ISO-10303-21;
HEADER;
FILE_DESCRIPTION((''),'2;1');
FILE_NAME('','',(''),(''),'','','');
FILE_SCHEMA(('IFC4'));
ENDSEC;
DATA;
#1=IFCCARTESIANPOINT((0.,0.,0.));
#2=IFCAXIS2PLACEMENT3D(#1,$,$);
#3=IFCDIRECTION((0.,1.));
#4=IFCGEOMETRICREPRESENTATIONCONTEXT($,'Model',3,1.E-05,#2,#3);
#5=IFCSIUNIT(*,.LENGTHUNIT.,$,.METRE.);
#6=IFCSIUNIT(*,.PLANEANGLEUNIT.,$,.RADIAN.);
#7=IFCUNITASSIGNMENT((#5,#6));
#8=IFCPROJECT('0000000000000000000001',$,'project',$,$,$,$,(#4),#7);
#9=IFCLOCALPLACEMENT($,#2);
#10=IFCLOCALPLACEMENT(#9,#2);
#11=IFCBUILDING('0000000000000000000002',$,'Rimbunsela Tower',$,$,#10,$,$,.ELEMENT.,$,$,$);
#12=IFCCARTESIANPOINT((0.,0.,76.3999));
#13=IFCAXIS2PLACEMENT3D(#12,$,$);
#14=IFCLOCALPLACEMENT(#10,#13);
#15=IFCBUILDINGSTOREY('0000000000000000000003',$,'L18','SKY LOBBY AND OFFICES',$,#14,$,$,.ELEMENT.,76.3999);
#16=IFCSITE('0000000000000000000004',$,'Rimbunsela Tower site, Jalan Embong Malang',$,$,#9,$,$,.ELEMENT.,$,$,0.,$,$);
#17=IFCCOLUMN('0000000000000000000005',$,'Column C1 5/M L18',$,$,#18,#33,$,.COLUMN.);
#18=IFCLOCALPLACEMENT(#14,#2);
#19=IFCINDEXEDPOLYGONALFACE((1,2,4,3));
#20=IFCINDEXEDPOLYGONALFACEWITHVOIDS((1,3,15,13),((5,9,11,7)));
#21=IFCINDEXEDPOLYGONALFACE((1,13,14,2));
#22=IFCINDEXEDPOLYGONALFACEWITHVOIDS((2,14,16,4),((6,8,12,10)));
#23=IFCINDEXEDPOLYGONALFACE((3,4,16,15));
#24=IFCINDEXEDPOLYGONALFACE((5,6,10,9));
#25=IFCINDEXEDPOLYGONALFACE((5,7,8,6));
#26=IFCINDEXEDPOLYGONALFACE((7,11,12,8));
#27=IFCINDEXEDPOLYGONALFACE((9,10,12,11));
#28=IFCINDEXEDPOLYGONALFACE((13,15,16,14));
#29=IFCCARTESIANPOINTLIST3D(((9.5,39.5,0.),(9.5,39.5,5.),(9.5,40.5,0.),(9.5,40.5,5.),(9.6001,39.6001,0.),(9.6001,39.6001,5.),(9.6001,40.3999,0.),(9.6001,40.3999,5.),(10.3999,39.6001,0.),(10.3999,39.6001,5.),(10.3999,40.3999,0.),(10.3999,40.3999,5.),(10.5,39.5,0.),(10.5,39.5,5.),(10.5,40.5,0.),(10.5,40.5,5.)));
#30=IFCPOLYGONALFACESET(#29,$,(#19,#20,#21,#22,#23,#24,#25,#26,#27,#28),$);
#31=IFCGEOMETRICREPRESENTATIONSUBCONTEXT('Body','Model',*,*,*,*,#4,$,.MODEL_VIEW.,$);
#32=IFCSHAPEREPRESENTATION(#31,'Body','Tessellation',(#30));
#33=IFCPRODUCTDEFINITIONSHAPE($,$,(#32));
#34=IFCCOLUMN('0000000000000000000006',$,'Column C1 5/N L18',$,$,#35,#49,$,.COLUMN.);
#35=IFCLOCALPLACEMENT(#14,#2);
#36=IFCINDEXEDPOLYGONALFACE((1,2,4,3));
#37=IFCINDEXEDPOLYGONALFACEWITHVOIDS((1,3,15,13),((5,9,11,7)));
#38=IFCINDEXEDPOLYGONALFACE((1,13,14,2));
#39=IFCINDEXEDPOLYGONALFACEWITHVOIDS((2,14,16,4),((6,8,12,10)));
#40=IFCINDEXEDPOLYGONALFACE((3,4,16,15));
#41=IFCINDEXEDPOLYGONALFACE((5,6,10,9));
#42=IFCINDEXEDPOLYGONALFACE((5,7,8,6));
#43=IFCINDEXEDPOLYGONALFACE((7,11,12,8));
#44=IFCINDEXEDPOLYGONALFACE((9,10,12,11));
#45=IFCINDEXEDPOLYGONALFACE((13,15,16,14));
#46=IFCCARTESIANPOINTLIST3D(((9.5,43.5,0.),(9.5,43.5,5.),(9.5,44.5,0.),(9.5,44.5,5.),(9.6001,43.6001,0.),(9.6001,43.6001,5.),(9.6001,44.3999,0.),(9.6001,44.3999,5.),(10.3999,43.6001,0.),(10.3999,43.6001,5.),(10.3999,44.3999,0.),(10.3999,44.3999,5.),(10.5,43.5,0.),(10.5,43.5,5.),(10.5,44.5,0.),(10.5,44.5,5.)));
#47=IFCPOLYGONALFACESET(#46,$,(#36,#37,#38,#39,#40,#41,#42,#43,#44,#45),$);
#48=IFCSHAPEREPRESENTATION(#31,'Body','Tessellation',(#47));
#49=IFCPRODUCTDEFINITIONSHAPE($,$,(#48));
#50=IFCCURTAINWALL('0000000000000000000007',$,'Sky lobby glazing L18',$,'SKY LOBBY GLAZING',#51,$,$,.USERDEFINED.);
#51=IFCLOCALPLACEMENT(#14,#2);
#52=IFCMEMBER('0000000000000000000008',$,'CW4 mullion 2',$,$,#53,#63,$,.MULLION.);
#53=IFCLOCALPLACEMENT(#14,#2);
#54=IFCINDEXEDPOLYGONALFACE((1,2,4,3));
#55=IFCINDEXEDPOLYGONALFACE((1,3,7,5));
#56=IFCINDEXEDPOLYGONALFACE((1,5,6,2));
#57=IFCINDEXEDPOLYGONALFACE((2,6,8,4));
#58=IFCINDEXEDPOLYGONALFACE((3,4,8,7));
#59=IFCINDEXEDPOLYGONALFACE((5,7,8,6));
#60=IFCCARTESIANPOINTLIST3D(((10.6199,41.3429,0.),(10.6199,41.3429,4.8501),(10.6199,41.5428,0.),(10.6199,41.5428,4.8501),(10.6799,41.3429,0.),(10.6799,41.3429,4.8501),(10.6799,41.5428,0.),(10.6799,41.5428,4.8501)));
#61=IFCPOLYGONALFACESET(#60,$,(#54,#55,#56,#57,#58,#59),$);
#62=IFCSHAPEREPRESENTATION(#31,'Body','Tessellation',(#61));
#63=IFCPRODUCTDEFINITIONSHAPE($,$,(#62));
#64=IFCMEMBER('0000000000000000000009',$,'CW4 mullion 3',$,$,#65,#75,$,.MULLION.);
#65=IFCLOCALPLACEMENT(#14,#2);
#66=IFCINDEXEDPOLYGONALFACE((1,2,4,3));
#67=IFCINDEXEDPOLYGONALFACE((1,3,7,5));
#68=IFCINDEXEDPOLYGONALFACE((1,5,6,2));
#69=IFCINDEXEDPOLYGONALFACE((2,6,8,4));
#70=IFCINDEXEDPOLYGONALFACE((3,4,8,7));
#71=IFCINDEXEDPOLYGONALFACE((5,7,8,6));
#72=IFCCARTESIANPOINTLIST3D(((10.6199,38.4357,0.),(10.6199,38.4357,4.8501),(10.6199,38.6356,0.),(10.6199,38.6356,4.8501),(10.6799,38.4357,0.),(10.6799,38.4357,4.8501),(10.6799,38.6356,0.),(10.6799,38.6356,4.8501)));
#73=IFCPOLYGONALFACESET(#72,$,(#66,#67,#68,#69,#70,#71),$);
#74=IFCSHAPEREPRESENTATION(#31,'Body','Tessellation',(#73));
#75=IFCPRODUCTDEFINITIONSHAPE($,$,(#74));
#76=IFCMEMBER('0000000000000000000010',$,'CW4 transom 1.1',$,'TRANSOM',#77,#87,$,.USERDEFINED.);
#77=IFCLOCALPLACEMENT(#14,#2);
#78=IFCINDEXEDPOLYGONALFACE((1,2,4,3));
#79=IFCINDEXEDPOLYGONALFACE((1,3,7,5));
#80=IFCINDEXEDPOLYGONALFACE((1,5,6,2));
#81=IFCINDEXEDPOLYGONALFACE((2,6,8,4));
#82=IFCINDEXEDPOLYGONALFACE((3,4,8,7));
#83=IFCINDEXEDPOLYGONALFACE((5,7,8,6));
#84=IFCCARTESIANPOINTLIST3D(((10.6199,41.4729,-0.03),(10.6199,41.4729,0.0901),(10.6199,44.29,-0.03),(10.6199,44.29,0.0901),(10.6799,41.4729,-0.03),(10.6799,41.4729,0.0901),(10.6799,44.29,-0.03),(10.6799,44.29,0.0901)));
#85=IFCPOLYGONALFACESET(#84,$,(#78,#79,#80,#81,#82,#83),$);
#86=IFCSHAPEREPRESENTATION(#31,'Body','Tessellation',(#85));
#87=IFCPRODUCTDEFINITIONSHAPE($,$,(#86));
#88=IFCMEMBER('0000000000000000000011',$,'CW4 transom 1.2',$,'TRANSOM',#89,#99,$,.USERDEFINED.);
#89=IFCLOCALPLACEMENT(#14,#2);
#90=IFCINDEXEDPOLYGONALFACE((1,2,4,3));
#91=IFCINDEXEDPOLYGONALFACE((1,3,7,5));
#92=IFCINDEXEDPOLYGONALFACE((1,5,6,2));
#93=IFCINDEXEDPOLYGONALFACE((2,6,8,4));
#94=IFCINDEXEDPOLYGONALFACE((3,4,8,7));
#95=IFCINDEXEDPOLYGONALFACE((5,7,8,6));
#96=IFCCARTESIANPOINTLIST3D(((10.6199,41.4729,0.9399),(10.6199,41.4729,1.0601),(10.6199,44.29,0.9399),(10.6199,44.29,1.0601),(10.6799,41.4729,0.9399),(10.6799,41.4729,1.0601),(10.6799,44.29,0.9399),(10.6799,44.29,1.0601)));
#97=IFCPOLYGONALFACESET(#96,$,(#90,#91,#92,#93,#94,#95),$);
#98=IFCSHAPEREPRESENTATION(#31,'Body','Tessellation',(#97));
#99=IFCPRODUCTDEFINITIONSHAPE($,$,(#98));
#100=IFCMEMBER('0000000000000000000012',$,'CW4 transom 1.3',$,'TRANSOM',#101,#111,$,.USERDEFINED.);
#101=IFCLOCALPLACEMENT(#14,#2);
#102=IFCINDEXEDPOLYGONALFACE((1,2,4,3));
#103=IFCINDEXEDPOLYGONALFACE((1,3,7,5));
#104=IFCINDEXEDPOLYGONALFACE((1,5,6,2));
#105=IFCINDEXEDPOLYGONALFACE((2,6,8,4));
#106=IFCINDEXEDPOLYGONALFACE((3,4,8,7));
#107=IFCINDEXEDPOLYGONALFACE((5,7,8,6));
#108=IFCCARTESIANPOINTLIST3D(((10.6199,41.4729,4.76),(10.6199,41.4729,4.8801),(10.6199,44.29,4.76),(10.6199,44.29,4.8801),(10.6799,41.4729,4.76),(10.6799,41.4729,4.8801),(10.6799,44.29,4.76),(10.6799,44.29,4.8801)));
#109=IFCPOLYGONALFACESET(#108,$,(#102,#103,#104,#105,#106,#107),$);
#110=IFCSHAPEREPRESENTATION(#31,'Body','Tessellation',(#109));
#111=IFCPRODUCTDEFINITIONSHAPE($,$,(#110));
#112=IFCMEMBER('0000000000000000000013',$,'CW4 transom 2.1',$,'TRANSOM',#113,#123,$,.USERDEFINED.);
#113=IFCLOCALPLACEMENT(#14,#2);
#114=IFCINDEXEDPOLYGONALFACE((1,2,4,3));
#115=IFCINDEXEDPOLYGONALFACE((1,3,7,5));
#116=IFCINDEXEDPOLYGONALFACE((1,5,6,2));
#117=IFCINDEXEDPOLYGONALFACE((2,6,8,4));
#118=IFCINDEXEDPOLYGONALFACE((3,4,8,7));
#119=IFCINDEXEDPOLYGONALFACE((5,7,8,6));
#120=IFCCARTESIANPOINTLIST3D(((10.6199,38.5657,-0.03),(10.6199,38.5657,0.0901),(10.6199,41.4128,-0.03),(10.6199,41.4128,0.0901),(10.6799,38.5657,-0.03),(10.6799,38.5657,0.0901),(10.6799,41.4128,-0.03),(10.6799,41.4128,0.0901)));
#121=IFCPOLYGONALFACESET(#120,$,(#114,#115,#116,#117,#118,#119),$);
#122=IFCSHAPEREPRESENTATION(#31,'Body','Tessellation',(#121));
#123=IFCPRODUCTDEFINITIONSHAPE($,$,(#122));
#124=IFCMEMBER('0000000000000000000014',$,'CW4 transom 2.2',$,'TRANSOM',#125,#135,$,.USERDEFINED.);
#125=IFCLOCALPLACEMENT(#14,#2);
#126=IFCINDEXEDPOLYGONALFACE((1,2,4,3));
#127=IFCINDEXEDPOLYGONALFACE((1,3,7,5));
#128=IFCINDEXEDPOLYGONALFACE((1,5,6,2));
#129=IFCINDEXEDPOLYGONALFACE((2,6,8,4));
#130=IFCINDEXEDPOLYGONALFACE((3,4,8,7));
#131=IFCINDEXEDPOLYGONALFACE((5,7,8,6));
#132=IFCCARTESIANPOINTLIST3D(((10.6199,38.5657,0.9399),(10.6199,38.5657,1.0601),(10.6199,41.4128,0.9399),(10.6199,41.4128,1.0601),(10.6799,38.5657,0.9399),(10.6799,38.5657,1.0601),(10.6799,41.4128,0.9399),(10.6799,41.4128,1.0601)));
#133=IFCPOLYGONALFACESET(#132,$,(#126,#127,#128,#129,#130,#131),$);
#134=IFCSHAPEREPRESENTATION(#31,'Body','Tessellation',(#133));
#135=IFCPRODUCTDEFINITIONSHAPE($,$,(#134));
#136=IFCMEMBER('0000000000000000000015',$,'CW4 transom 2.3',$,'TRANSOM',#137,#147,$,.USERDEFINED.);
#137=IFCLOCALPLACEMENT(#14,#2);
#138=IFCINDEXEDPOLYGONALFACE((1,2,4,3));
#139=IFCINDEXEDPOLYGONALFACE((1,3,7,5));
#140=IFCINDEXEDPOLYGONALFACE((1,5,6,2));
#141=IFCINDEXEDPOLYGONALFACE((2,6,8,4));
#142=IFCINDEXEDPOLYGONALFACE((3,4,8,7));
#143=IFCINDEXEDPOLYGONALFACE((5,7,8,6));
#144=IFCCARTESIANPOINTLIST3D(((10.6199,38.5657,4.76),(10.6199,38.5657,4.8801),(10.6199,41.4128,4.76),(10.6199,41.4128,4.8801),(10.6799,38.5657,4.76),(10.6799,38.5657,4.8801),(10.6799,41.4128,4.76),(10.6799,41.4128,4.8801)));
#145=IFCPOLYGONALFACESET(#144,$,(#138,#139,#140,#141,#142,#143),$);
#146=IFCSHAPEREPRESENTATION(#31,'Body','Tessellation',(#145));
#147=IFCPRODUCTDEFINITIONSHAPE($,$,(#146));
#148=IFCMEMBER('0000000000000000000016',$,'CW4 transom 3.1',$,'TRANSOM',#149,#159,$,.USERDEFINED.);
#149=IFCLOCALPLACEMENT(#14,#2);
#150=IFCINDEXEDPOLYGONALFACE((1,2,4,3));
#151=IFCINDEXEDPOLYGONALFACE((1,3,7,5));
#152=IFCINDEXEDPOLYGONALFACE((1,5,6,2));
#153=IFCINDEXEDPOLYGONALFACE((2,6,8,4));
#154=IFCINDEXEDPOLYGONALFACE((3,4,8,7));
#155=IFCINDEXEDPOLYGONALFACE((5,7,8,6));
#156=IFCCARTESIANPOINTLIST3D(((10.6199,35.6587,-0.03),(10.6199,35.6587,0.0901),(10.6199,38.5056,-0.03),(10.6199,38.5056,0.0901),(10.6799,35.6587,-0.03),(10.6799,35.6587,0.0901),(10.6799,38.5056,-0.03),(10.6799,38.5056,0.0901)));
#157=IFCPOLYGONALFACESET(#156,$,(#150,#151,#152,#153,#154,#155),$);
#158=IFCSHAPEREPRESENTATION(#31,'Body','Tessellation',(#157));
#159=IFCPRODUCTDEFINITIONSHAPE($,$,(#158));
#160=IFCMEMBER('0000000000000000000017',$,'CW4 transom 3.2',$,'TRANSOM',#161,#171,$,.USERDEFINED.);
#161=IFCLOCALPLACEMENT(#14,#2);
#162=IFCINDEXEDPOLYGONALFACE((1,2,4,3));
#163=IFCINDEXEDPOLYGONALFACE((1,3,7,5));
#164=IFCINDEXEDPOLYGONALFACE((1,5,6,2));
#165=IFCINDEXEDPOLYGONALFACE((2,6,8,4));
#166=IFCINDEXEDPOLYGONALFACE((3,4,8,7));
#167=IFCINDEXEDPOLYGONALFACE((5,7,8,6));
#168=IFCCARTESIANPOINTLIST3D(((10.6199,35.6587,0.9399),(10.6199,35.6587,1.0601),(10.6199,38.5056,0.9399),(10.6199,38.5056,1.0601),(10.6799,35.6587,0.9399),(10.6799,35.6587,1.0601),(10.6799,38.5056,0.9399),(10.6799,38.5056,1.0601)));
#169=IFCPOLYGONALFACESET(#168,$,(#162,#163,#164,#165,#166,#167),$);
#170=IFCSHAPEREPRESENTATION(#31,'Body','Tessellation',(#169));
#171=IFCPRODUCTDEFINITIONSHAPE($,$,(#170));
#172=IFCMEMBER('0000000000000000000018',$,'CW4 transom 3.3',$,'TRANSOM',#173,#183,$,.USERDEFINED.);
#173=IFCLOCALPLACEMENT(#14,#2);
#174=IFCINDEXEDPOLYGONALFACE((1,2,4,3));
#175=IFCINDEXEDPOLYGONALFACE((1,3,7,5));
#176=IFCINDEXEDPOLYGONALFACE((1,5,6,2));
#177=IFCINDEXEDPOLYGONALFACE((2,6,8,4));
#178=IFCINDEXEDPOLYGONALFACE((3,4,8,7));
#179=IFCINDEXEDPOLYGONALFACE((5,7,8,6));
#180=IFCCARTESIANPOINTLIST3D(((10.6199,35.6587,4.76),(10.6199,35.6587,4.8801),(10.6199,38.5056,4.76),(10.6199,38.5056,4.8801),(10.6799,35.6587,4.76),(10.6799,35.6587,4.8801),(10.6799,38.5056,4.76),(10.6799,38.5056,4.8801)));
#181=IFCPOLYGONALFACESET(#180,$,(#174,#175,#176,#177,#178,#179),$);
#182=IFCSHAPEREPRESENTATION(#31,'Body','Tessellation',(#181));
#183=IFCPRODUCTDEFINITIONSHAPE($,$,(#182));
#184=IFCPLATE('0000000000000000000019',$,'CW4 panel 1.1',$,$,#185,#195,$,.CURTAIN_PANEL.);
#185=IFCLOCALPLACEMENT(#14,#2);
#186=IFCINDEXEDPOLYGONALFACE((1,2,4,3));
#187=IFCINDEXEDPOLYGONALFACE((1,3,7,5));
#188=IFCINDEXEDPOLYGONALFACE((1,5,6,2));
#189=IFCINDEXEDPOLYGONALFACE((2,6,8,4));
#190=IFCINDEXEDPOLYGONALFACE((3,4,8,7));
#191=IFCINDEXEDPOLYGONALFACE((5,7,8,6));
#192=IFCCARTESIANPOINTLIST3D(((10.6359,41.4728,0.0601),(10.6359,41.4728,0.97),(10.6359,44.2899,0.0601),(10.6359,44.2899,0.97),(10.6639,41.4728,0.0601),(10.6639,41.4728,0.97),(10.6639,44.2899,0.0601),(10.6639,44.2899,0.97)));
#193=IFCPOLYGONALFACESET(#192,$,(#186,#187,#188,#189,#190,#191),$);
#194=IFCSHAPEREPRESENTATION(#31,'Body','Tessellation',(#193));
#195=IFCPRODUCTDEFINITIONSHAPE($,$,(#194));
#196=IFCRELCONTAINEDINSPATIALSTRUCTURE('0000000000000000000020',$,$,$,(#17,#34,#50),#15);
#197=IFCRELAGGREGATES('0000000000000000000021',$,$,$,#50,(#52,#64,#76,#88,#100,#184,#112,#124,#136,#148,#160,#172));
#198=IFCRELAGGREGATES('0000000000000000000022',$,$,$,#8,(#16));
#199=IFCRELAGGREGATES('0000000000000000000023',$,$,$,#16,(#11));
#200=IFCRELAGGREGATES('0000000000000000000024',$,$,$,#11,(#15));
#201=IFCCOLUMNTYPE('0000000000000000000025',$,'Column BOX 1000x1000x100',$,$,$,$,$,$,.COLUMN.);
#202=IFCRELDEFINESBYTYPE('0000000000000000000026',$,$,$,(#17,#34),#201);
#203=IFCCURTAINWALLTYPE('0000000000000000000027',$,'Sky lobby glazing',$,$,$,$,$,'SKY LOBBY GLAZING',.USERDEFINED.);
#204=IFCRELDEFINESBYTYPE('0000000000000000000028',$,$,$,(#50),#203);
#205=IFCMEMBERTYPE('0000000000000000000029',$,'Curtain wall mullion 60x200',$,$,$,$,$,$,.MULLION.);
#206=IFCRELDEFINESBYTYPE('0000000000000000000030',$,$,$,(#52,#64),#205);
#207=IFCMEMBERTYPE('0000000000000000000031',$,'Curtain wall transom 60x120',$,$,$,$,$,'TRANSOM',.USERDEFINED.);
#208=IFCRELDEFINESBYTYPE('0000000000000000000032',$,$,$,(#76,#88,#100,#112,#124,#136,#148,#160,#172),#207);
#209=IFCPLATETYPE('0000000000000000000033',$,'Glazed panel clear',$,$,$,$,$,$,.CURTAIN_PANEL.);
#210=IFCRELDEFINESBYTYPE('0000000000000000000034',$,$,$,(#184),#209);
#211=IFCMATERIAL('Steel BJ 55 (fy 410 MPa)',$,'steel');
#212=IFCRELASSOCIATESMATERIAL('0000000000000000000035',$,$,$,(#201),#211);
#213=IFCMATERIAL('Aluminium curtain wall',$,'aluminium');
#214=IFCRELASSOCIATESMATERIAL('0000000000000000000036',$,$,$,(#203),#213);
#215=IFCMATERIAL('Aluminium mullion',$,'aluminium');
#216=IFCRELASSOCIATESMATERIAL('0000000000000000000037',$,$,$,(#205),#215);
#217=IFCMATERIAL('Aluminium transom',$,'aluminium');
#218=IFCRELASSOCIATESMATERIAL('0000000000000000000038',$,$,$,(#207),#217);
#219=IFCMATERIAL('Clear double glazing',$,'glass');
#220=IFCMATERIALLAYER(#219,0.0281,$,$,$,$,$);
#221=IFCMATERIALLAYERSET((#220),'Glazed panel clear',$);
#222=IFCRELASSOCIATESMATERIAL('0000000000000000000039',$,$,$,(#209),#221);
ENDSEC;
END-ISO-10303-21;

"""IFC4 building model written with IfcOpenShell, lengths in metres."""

from ifc_helpers import new_model, si_unit, direction, frame, origin, origin_2d, place, context, subcontext, project, spatial, rectangle, hollow_rectangle, extrude, material, layer, layer_set, material_profile, profile_set, type_object, element, aggregate, save


model = new_model("IFC4")

# Units and contexts
model_context = context("Model", 3, precision=1e-05, world=origin(), true_north=direction((0.0, 1.0)))
body_context = subcontext(model_context, "Body", "Model", "MODEL_VIEW")
ifc_project = project(units=[si_unit("LENGTHUNIT", "METRE"), si_unit("PLANEANGLEUNIT", "RADIAN")], contexts=[model_context])

# Site, building, storey
site_placement = place(None, origin())
site = spatial("IfcSite", under=ifc_project, at=site_placement, Name="Rimbunsela Tower site, Jalan Embong Malang", CompositionType="ELEMENT", RefElevation=0.0)
building_placement = place(site_placement, origin())
building = spatial("IfcBuilding", under=site, at=building_placement, Name="Rimbunsela Tower", CompositionType="ELEMENT")
storey_placement = place(building_placement, frame((0.0, 0.0, 76.3999)))
storey = spatial("IfcBuildingStorey", under=building, at=storey_placement, Name="L18", Description="SKY LOBBY AND OFFICES", CompositionType="ELEMENT", Elevation=76.3999)

# Columns
ifc_material_1 = material(Name="Steel BJ 55 (fy 410 MPa)", Category="steel")
ifc_material_profile_1 = material_profile(ifc_material_1, hollow_rectangle(XDim=1.0, YDim=1.0, WallThickness=0.1001, at=origin_2d()), Name="BOX 1000x1000x100")
ifc_profile_set_1 = profile_set([ifc_material_profile_1], Name="Steel BJ 55 (fy 410 MPa)")
column_type = type_object("IfcColumnType", Name="Column BOX 1000x1000x100", PredefinedType="COLUMN", material=ifc_profile_set_1)
for number, where, z_axis, x_axis, name in (
    (1, (10.0, 40.0, 0.0), (0.0, 0.0, 1.0), (1.0, 0.0, 0.0), "Column C1 5/M L18"),
    (2, (10.0, 44.0, 0.0), (0.0, 0.0, 1.0), (1.0, 0.0, 0.0), "Column C1 5/N L18"),
):
    element("IfcColumn", number, at=place(storey_placement, frame(where, z_axis=z_axis, x_axis=x_axis)), inside=storey, type_object=column_type, Name=name, PredefinedType="COLUMN", context=body_context, shape_type="SweptSolid", body=[
        extrude(hollow_rectangle(XDim=1.0, YDim=1.0, WallThickness=0.1001, at=origin_2d()), origin(), (0.0, 0.0, 1.0), 5.0),
    ])

# Curtain wall, members, plate
ifc_material_2 = material(Name="Aluminium curtain wall", Category="aluminium")
curtain_wall_type = type_object("IfcCurtainWallType", Name="Sky lobby glazing", ElementType="SKY LOBBY GLAZING", PredefinedType="USERDEFINED", material=ifc_material_2)
curtain_wall_placement = place(storey_placement, origin())
curtain_wall = element("IfcCurtainWall", 3, at=curtain_wall_placement, inside=storey, type_object=curtain_wall_type, Name="Sky lobby glazing L18", ObjectType="SKY LOBBY GLAZING", PredefinedType="USERDEFINED")
ifc_material_3 = material(Name="Aluminium mullion", Category="aluminium")
ifc_material_profile_2 = material_profile(ifc_material_3, rectangle(XDim=0.0601, YDim=0.2, at=origin_2d()), Name="Mullion 60x200")
ifc_profile_set_2 = profile_set([ifc_material_profile_2], Name="Aluminium mullion")
member_type_1 = type_object("IfcMemberType", Name="Curtain wall mullion 60x200", PredefinedType="MULLION", material=ifc_profile_set_2)
member_1_placement = place(storey_placement, frame((10.6499, 41.4429, 0.0), z_axis=(0.0, 0.0, 1.0), x_axis=(1.0, 0.0, 0.0)))
member_1 = element("IfcMember", 4, at=member_1_placement, type_object=member_type_1, Name="CW4 mullion 2", PredefinedType="MULLION", context=body_context, shape_type="SweptSolid", body=[
    extrude(rectangle(XDim=0.0601, YDim=0.2, at=origin_2d()), origin(), (0.0, 0.0, 1.0), 4.8501),
])
member_2_placement = place(storey_placement, frame((10.6499, 38.5356, 0.0), z_axis=(0.0, 0.0, 1.0), x_axis=(1.0, 0.0, 0.0)))
member_2 = element("IfcMember", 5, at=member_2_placement, type_object=member_type_1, Name="CW4 mullion 3", PredefinedType="MULLION", context=body_context, shape_type="SweptSolid", body=[
    extrude(rectangle(XDim=0.0601, YDim=0.2, at=origin_2d()), origin(), (0.0, 0.0, 1.0), 4.8501),
])
ifc_material_4 = material(Name="Aluminium transom", Category="aluminium")
ifc_material_profile_3 = material_profile(ifc_material_4, rectangle(XDim=0.0601, YDim=0.1201, at=origin_2d()), Name="Transom 60x120")
ifc_profile_set_3 = profile_set([ifc_material_profile_3], Name="Aluminium transom")
member_type_2 = type_object("IfcMemberType", Name="Curtain wall transom 60x120", ElementType="TRANSOM", PredefinedType="USERDEFINED", material=ifc_profile_set_3)
member_3_placement = place(storey_placement, frame((10.6499, 44.29, 0.03), z_axis=(0.0, -1.0, 0.0), x_axis=(1.0, 0.0, 0.0)))
member_3 = element("IfcMember", 6, at=member_3_placement, type_object=member_type_2, Name="CW4 transom 1.1", ObjectType="TRANSOM", PredefinedType="USERDEFINED", context=body_context, shape_type="SweptSolid", body=[
    extrude(rectangle(XDim=0.0601, YDim=0.1201, at=origin_2d()), origin(), (0.0, 0.0, 1.0), 2.8171),
])
member_4_placement = place(storey_placement, frame((10.6499, 44.29, 1.0), z_axis=(0.0, -1.0, 0.0), x_axis=(1.0, 0.0, 0.0)))
member_4 = element("IfcMember", 7, at=member_4_placement, type_object=member_type_2, Name="CW4 transom 1.2", ObjectType="TRANSOM", PredefinedType="USERDEFINED", context=body_context, shape_type="SweptSolid", body=[
    extrude(rectangle(XDim=0.0601, YDim=0.1201, at=origin_2d()), origin(), (0.0, 0.0, 1.0), 2.8171),
])
member_5_placement = place(storey_placement, frame((10.6499, 44.29, 4.8201), z_axis=(0.0, -1.0, 0.0), x_axis=(1.0, 0.0, 0.0)))
member_5 = element("IfcMember", 8, at=member_5_placement, type_object=member_type_2, Name="CW4 transom 1.3", ObjectType="TRANSOM", PredefinedType="USERDEFINED", context=body_context, shape_type="SweptSolid", body=[
    extrude(rectangle(XDim=0.0601, YDim=0.1201, at=origin_2d()), origin(), (0.0, 0.0, 1.0), 2.8171),
])
member_6_placement = place(storey_placement, frame((10.6499, 41.4128, 0.03), z_axis=(0.0, -1.0, 0.0), x_axis=(1.0, 0.0, 0.0)))
member_6 = element("IfcMember", 9, at=member_6_placement, type_object=member_type_2, Name="CW4 transom 2.1", ObjectType="TRANSOM", PredefinedType="USERDEFINED", context=body_context, shape_type="SweptSolid", body=[
    extrude(rectangle(XDim=0.0601, YDim=0.1201, at=origin_2d()), origin(), (0.0, 0.0, 1.0), 2.8472),
])
member_7_placement = place(storey_placement, frame((10.6499, 41.4128, 1.0), z_axis=(0.0, -1.0, 0.0), x_axis=(1.0, 0.0, 0.0)))
member_7 = element("IfcMember", 10, at=member_7_placement, type_object=member_type_2, Name="CW4 transom 2.2", ObjectType="TRANSOM", PredefinedType="USERDEFINED", context=body_context, shape_type="SweptSolid", body=[
    extrude(rectangle(XDim=0.0601, YDim=0.1201, at=origin_2d()), origin(), (0.0, 0.0, 1.0), 2.8472),
])
member_8_placement = place(storey_placement, frame((10.6499, 41.4128, 4.8201), z_axis=(0.0, -1.0, 0.0), x_axis=(1.0, 0.0, 0.0)))
member_8 = element("IfcMember", 11, at=member_8_placement, type_object=member_type_2, Name="CW4 transom 2.3", ObjectType="TRANSOM", PredefinedType="USERDEFINED", context=body_context, shape_type="SweptSolid", body=[
    extrude(rectangle(XDim=0.0601, YDim=0.1201, at=origin_2d()), origin(), (0.0, 0.0, 1.0), 2.8472),
])
member_9_placement = place(storey_placement, frame((10.6499, 38.5056, 0.03), z_axis=(0.0, -1.0, 0.0), x_axis=(1.0, 0.0, 0.0)))
member_9 = element("IfcMember", 12, at=member_9_placement, type_object=member_type_2, Name="CW4 transom 3.1", ObjectType="TRANSOM", PredefinedType="USERDEFINED", context=body_context, shape_type="SweptSolid", body=[
    extrude(rectangle(XDim=0.0601, YDim=0.1201, at=origin_2d()), origin(), (0.0, 0.0, 1.0), 2.8469),
])
member_10_placement = place(storey_placement, frame((10.6499, 38.5056, 1.0), z_axis=(0.0, -1.0, 0.0), x_axis=(1.0, 0.0, 0.0)))
member_10 = element("IfcMember", 13, at=member_10_placement, type_object=member_type_2, Name="CW4 transom 3.2", ObjectType="TRANSOM", PredefinedType="USERDEFINED", context=body_context, shape_type="SweptSolid", body=[
    extrude(rectangle(XDim=0.0601, YDim=0.1201, at=origin_2d()), origin(), (0.0, 0.0, 1.0), 2.8469),
])
member_11_placement = place(storey_placement, frame((10.6499, 38.5056, 4.8201), z_axis=(0.0, -1.0, 0.0), x_axis=(1.0, 0.0, 0.0)))
member_11 = element("IfcMember", 14, at=member_11_placement, type_object=member_type_2, Name="CW4 transom 3.3", ObjectType="TRANSOM", PredefinedType="USERDEFINED", context=body_context, shape_type="SweptSolid", body=[
    extrude(rectangle(XDim=0.0601, YDim=0.1201, at=origin_2d()), origin(), (0.0, 0.0, 1.0), 2.8469),
])
ifc_material_5 = material(Name="Clear double glazing", Category="glass")
ifc_layer_1 = layer(ifc_material_5, 0.0281)
ifc_layer_set_1 = layer_set([ifc_layer_1], Name="Glazed panel clear")
plate_type = type_object("IfcPlateType", Name="Glazed panel clear", PredefinedType="CURTAIN_PANEL", material=ifc_layer_set_1)
plate_1_placement = place(storey_placement, frame((10.6499, 42.8813, 0.0601), z_axis=(0.0, 0.0, 1.0), x_axis=(0.0, -1.0, 0.0)))
plate_1 = element("IfcPlate", 15, at=plate_1_placement, type_object=plate_type, Name="CW4 panel 1.1", PredefinedType="CURTAIN_PANEL", context=body_context, shape_type="SweptSolid", body=[
    extrude(rectangle(XDim=2.8171, YDim=0.0281, at=origin_2d()), origin(), (0.0, 0.0, 1.0), 0.9099),
])
aggregate(curtain_wall, [member_1, member_2, member_3, member_4, member_5, plate_1, member_6, member_7, member_8, member_9, member_10, member_11])

save(model, "model.ifc")
